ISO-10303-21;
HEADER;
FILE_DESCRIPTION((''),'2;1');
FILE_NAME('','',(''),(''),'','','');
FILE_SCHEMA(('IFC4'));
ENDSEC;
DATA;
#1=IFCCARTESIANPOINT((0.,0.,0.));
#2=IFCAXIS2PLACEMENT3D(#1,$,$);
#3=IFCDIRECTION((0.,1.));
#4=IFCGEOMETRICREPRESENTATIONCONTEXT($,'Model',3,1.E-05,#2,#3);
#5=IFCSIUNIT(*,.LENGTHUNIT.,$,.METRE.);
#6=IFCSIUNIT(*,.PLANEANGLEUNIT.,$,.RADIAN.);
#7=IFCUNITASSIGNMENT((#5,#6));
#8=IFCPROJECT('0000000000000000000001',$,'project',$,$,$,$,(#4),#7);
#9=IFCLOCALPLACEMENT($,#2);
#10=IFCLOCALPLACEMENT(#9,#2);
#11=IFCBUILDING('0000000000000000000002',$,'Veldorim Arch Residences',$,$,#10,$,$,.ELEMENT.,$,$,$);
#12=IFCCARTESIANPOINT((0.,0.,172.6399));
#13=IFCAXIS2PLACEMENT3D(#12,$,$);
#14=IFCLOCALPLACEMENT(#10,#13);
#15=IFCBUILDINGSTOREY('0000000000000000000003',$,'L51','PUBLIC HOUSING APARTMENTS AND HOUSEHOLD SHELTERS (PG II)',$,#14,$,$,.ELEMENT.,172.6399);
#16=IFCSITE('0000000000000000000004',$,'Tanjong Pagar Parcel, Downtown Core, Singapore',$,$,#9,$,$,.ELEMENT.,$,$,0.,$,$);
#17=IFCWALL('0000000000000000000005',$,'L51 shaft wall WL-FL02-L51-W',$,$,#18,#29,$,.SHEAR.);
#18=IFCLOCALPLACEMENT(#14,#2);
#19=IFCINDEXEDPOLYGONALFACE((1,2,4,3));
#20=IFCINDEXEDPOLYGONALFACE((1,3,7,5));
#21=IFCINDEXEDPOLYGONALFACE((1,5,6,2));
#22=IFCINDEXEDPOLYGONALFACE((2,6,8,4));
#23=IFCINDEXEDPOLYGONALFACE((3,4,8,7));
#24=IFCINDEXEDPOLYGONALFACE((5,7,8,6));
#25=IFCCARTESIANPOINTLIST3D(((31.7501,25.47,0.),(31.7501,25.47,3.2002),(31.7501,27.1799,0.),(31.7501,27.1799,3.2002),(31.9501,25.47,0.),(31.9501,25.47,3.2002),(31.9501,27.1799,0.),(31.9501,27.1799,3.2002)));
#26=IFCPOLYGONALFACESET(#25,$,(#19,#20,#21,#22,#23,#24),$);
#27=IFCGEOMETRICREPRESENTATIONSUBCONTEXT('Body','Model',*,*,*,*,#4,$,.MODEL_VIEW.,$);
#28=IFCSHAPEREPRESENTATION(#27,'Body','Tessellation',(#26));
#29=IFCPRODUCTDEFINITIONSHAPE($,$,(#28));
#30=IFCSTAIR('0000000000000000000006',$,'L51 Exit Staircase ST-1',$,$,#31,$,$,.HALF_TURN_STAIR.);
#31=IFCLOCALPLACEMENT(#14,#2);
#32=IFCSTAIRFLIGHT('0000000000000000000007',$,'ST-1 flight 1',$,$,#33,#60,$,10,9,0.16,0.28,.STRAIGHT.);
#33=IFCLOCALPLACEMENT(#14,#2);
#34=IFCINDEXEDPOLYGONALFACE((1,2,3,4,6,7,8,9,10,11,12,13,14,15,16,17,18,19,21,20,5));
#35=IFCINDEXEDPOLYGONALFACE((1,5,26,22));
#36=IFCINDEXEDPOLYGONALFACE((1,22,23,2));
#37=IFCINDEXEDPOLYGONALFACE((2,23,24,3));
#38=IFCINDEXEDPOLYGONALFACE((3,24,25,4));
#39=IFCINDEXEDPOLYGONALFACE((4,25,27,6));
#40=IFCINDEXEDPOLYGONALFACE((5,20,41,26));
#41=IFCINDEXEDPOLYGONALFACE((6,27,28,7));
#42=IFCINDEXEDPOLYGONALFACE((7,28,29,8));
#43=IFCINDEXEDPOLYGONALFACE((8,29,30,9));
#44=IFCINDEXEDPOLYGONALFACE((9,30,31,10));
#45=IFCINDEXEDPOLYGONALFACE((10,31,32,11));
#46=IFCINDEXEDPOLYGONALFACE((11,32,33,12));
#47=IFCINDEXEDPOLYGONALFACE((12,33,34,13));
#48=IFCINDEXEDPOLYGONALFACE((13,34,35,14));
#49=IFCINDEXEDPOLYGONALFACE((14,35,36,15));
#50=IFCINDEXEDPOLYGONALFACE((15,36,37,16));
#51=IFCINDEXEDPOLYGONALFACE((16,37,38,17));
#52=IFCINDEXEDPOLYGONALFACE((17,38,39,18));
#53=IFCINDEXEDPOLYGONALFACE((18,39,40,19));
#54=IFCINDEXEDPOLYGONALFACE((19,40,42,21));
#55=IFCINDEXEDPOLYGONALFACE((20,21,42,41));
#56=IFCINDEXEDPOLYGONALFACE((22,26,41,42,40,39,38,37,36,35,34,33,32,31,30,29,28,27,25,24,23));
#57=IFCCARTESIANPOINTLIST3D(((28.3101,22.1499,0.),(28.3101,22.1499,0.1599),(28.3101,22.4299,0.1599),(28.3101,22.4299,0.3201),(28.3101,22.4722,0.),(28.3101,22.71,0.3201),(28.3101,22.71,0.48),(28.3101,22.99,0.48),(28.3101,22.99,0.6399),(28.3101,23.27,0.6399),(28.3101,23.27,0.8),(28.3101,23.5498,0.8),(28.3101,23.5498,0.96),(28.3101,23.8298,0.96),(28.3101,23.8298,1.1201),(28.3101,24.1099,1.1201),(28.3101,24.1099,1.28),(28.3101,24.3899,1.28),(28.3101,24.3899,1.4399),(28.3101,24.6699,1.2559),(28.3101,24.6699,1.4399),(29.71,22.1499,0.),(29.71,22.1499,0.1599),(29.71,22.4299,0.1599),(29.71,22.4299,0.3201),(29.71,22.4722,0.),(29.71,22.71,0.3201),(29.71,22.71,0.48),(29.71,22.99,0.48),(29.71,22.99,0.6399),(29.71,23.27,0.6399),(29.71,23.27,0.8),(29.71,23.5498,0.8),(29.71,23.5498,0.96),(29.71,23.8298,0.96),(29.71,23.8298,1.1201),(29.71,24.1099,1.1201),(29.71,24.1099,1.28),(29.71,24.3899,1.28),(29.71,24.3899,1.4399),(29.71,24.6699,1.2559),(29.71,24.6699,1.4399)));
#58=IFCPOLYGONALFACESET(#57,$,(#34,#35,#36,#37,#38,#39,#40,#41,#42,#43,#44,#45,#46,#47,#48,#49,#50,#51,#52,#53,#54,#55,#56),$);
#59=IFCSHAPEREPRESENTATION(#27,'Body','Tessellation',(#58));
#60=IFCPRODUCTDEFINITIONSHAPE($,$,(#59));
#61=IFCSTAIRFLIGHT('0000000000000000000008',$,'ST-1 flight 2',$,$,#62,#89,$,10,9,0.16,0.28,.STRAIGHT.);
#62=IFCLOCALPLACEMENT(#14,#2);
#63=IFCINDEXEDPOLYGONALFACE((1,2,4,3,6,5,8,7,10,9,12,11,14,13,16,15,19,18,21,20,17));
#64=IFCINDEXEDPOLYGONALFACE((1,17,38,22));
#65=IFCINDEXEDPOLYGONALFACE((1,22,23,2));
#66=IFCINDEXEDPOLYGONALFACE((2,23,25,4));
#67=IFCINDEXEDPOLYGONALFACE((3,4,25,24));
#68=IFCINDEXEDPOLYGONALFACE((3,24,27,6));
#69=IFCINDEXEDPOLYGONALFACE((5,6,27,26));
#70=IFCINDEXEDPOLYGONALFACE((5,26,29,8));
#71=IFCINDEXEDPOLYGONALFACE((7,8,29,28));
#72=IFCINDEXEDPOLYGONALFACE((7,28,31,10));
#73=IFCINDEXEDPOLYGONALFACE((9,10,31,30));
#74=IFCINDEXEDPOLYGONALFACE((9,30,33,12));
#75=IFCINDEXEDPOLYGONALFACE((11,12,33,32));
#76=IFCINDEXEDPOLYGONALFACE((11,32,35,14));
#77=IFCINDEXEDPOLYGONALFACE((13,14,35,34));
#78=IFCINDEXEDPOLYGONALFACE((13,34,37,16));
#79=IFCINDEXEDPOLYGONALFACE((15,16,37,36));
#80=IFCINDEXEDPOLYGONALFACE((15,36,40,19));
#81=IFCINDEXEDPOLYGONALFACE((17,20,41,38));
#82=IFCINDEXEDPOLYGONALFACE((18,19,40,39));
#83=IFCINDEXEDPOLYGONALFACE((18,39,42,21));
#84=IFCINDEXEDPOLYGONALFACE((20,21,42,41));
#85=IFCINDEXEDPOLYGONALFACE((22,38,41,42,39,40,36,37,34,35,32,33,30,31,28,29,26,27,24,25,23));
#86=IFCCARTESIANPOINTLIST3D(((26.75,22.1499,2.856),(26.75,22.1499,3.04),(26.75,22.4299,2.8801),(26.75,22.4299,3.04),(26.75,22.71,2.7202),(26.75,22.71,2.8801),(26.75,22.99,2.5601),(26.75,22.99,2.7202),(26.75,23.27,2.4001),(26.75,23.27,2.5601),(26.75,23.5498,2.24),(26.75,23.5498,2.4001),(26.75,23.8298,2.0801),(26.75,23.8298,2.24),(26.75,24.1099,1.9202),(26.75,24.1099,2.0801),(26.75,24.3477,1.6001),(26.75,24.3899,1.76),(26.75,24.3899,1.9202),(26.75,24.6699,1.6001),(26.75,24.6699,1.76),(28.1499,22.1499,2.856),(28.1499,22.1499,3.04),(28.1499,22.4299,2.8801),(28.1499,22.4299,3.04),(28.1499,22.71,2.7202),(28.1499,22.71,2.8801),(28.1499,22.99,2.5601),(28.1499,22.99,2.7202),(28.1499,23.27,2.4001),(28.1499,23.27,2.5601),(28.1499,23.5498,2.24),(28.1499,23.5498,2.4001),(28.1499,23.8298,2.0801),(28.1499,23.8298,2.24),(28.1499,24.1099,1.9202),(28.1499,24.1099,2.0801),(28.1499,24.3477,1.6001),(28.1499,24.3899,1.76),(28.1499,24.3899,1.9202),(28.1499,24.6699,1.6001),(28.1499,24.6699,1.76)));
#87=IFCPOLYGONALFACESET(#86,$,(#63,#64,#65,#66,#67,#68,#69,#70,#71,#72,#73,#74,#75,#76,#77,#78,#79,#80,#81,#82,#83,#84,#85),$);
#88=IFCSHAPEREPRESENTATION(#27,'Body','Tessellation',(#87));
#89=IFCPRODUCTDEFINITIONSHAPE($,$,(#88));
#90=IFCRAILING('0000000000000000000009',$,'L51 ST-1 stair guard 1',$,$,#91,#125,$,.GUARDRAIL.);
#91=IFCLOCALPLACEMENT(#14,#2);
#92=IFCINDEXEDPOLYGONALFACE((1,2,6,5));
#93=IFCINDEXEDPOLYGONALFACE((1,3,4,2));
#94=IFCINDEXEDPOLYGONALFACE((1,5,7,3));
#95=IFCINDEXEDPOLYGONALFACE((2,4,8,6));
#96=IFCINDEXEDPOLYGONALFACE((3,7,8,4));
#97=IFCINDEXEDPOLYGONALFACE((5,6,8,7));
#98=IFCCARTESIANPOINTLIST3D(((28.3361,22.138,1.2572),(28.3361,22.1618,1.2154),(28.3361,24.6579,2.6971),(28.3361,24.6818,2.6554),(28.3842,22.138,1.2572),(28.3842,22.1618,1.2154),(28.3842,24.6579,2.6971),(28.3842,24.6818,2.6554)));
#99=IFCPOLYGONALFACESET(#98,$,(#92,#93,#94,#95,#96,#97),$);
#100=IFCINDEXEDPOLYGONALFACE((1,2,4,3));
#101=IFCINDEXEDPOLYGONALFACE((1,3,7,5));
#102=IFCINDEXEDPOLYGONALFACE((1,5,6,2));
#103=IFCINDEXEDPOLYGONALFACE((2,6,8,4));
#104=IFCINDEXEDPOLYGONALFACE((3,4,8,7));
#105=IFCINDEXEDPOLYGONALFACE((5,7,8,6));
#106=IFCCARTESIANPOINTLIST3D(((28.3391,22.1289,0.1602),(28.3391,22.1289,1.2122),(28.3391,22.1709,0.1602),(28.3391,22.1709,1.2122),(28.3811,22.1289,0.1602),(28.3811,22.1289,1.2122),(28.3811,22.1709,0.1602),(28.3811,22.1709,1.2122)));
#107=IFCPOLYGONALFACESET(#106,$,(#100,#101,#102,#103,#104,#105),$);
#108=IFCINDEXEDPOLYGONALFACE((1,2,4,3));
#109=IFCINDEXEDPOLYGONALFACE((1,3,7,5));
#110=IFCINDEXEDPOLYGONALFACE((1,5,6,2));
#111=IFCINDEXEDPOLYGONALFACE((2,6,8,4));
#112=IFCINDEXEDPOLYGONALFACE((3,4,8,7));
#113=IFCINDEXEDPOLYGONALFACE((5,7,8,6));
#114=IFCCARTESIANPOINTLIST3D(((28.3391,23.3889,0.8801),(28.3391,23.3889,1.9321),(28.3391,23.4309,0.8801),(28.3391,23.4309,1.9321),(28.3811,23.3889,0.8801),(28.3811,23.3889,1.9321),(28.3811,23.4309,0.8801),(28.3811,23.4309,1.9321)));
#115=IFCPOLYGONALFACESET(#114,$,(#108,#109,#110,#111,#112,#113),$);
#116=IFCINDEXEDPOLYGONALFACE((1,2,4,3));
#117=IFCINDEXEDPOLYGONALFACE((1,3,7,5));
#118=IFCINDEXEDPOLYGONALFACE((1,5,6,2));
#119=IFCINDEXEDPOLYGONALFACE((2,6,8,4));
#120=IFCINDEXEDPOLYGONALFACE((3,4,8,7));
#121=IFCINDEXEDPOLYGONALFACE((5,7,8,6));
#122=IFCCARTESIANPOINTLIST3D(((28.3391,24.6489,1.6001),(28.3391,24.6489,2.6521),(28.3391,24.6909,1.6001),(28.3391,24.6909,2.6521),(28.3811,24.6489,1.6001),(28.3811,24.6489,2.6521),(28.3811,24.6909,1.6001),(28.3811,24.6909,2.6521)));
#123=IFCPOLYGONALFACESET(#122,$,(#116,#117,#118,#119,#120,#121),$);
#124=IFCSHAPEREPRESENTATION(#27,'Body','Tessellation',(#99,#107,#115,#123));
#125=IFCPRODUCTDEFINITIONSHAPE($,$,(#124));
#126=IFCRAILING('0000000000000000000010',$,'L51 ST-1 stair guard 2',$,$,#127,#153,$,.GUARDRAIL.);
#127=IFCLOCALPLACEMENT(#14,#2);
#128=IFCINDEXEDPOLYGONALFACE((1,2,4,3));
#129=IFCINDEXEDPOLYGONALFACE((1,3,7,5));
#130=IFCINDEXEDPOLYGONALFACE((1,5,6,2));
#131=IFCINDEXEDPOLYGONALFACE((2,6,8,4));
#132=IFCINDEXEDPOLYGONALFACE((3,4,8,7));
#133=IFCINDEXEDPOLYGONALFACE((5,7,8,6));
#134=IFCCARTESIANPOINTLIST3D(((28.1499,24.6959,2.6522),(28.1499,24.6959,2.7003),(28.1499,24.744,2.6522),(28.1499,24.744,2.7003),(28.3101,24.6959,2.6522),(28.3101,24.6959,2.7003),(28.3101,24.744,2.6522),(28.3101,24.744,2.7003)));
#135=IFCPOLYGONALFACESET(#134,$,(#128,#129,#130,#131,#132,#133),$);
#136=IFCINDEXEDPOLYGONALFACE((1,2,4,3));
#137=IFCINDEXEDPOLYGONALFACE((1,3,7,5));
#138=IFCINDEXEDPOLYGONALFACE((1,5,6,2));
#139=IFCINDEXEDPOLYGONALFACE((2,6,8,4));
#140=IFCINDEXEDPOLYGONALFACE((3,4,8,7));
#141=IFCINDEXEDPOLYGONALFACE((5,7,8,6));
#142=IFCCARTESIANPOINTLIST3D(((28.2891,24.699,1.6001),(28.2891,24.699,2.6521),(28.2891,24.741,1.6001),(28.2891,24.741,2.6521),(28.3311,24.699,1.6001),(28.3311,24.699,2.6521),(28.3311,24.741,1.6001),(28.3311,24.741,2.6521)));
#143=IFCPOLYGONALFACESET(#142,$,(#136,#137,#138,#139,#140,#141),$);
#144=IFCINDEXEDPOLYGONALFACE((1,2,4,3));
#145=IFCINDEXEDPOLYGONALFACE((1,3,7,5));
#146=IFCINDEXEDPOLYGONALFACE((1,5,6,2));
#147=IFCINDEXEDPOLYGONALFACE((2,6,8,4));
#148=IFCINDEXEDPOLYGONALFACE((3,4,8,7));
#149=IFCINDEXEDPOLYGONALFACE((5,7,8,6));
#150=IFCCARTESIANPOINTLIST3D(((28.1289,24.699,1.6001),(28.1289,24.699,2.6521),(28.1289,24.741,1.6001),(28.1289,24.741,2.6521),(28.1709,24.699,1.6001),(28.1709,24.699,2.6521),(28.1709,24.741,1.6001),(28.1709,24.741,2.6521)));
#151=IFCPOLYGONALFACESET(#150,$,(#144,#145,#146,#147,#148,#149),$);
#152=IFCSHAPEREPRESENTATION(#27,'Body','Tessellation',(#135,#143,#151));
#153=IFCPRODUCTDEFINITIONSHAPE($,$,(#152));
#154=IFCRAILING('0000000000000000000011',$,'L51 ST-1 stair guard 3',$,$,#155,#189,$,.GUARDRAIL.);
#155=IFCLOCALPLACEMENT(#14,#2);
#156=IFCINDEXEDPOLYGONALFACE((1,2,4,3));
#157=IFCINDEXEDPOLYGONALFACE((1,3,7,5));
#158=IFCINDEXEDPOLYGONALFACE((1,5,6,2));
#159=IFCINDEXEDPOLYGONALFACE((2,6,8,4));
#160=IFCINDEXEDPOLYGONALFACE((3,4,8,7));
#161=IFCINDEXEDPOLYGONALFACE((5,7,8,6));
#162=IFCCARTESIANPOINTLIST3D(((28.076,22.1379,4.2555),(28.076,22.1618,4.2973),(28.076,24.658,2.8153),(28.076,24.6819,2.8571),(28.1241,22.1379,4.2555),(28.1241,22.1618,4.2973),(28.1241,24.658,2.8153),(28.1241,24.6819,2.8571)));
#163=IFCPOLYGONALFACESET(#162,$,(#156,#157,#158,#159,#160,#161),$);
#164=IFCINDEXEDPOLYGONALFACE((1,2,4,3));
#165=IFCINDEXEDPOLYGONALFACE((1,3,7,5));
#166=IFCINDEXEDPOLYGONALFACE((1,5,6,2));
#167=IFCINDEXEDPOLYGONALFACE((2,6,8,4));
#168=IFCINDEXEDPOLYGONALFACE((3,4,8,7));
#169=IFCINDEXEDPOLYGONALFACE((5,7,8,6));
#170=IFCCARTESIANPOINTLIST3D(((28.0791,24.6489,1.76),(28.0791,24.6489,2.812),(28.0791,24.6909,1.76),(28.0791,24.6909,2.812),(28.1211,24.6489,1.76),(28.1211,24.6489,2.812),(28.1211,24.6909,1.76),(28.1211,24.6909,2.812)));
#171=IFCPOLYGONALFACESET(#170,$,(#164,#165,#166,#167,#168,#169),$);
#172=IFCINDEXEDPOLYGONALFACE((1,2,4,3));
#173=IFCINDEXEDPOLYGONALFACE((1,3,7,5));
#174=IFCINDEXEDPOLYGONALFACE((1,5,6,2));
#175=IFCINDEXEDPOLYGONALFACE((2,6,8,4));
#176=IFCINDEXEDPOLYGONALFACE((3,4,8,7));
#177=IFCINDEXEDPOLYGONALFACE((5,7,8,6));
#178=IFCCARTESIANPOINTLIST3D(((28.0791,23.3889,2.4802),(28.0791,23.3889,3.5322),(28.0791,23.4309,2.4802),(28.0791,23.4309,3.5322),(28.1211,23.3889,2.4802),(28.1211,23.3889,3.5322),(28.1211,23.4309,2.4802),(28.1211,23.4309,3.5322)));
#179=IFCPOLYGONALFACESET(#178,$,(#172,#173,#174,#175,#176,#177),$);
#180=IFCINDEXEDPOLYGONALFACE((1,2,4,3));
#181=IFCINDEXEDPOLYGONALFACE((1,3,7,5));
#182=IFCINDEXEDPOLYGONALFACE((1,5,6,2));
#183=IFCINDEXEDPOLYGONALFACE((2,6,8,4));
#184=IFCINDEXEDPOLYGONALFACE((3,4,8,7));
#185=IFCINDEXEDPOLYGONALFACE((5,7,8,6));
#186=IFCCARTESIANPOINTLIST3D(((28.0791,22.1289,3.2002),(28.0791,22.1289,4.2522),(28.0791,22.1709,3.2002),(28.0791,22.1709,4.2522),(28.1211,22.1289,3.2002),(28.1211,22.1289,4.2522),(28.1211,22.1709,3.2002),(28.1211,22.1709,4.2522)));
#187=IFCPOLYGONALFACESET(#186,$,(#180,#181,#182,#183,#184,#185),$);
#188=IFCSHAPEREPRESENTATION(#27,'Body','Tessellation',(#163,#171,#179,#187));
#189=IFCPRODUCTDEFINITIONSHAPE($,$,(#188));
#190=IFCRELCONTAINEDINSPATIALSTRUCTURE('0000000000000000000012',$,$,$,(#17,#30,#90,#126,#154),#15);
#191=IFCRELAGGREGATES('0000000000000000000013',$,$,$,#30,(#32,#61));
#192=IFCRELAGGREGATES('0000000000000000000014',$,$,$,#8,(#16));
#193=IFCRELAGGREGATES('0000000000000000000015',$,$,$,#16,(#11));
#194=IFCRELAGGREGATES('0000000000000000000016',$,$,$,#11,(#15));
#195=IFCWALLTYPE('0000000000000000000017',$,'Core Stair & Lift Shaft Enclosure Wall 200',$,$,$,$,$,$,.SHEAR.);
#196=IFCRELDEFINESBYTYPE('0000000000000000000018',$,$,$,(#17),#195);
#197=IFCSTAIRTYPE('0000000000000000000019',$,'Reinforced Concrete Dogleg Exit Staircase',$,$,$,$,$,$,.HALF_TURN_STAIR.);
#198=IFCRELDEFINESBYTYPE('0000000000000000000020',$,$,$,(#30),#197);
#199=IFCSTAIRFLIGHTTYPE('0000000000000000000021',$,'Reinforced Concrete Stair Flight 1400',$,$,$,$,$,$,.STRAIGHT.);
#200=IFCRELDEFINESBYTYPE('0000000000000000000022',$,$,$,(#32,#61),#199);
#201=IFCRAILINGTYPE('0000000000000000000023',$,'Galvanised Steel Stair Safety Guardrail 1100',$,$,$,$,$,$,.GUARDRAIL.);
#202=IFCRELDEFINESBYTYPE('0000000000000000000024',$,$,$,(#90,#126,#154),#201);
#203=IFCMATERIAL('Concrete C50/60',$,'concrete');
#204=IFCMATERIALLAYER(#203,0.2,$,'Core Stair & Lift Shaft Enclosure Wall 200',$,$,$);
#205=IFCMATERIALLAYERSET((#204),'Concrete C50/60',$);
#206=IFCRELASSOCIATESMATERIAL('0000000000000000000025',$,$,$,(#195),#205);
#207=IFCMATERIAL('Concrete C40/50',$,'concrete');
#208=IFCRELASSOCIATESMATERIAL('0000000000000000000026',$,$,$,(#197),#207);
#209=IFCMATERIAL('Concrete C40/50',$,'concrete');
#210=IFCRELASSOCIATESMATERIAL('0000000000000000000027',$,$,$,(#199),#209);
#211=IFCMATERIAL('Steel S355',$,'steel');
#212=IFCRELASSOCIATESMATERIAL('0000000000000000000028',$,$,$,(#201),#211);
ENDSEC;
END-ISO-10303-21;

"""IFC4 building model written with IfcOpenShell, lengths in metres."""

from ifc_helpers import new_model, si_unit, direction, frame, frame_2d, origin, origin_2d, place, context, subcontext, project, spatial, polyline, rectangle, outline, extrude, material, layer, layer_set, type_object, element, aggregate, save


model = new_model("IFC4")

# Units and contexts
model_context = context("Model", 3, precision=1e-05, world=origin(), true_north=direction((0.0, 1.0)))
body_context = subcontext(model_context, "Body", "Model", "MODEL_VIEW")
ifc_project = project(units=[si_unit("LENGTHUNIT", "METRE"), si_unit("PLANEANGLEUNIT", "RADIAN")], contexts=[model_context])

# Site, building, storey
site_placement = place(None, origin())
site = spatial("IfcSite", under=ifc_project, at=site_placement, Name="Tanjong Pagar Parcel, Downtown Core, Singapore", CompositionType="ELEMENT", RefElevation=0.0)
building_placement = place(site_placement, origin())
building = spatial("IfcBuilding", under=site, at=building_placement, Name="Veldorim Arch Residences", CompositionType="ELEMENT")
storey_placement = place(building_placement, frame((0.0, 0.0, 172.6399)))
storey = spatial("IfcBuildingStorey", under=building, at=storey_placement, Name="L51", Description="PUBLIC HOUSING APARTMENTS AND HOUSEHOLD SHELTERS (PG II)", CompositionType="ELEMENT", Elevation=172.6399)

# Shared definitions
ifc_material_1 = material(Name="Concrete C50/60", Category="concrete")
ifc_layer_1 = layer(ifc_material_1, 0.2, Name="Core Stair & Lift Shaft Enclosure Wall 200")
ifc_layer_set_1 = layer_set([ifc_layer_1], Name="Concrete C50/60")
wall_type_1 = type_object("IfcWallType", Name="Core Stair & Lift Shaft Enclosure Wall 200", PredefinedType="SHEAR", material=ifc_layer_set_1)

# Wall
wall_1_placement = place(storey_placement, frame((31.8501, 25.47, 0.0), z_axis=(0.0, 0.0, 1.0), x_axis=(0.0, 1.0, 0.0)))
element("IfcWall", 1, at=wall_1_placement, inside=storey, type_object=wall_type_1, Name="L51 shaft wall WL-FL02-L51-W", PredefinedType="SHEAR", context=body_context, shape_type="SweptSolid", body=[
    extrude(rectangle(XDim=1.71, YDim=0.2, at=frame_2d((0.855, 0.0))), origin(), (0.0, 0.0, 1.0), 3.2002),
])

# Stair, stair flights
ifc_material_2 = material(Name="Concrete C40/50", Category="concrete")
stair_type = type_object("IfcStairType", Name="Reinforced Concrete Dogleg Exit Staircase", PredefinedType="HALF_TURN_STAIR", material=ifc_material_2)
stair_placement = place(storey_placement, origin())
stair = element("IfcStair", 2, at=stair_placement, inside=storey, type_object=stair_type, Name="L51 Exit Staircase ST-1", PredefinedType="HALF_TURN_STAIR")
ifc_material_3 = material(Name="Concrete C40/50", Category="concrete")
stair_flight_type = type_object("IfcStairFlightType", Name="Reinforced Concrete Stair Flight 1400", PredefinedType="STRAIGHT", material=ifc_material_3)
stair_flight_1_placement = place(storey_placement, frame((29.01, 22.1499, 0.0), z_axis=(0.0, 0.0, 1.0), x_axis=(0.0, 1.0, 0.0)))
stair_flight_1 = element("IfcStairFlight", 3, at=stair_flight_1_placement, type_object=stair_flight_type, Name="ST-1 flight 1", NumberOfRisers=10, NumberOfTreads=9, PredefinedType="STRAIGHT", RiserHeight=0.16, TreadLength=0.28, context=body_context, shape_type="SweptSolid", body=[
    extrude(outline(polyline([(0.0, 0.0), (0.0, 0.1599), (0.28, 0.1599), (0.28, 0.3201), (0.5601, 0.3201), (0.5601, 0.48), (0.8401, 0.48), (0.8401, 0.6399), (1.1201, 0.6399), (1.1201, 0.8), (1.3999, 0.8), (1.3999, 0.96), (1.6799, 0.96), (1.6799, 1.1201), (1.96, 1.1201), (1.96, 1.28), (2.24, 1.28), (2.24, 1.4399), (2.52, 1.4399), (2.52, 1.6001), (2.52, 1.2559), (0.3223, 0.0), (0.0, 0.0)])), frame((0.0, 0.7, 0.0), z_axis=(0.0, -1.0, 0.0), x_axis=(1.0, 0.0, 0.0)), (0.0, 0.0, 1.0), 1.3999),
])
stair_flight_2_placement = place(storey_placement, frame((27.45, 24.6699, 1.6001), z_axis=(0.0, 0.0, 1.0), x_axis=(0.0, -1.0, 0.0)))
stair_flight_2 = element("IfcStairFlight", 4, at=stair_flight_2_placement, type_object=stair_flight_type, Name="ST-1 flight 2", NumberOfRisers=10, NumberOfTreads=9, PredefinedType="STRAIGHT", RiserHeight=0.16, TreadLength=0.28, context=body_context, shape_type="SweptSolid", body=[
    extrude(outline(polyline([(0.0, 0.0), (0.0, 0.1599), (0.28, 0.1599), (0.28, 0.3201), (0.5601, 0.3201), (0.5601, 0.48), (0.8401, 0.48), (0.8401, 0.6399), (1.1201, 0.6399), (1.1201, 0.8), (1.3999, 0.8), (1.3999, 0.96), (1.6799, 0.96), (1.6799, 1.1201), (1.96, 1.1201), (1.96, 1.28), (2.24, 1.28), (2.24, 1.4399), (2.52, 1.4399), (2.52, 1.6001), (2.52, 1.2559), (0.3223, 0.0), (0.0, 0.0)])), frame((0.0, 0.7, 0.0), z_axis=(0.0, -1.0, 0.0), x_axis=(1.0, 0.0, 0.0)), (0.0, 0.0, 1.0), 1.3999),
])
aggregate(stair, [stair_flight_1, stair_flight_2])

# Railings
ifc_material_4 = material(Name="Steel S355", Category="steel")
railing_type_1 = type_object("IfcRailingType", Name="Galvanised Steel Stair Safety Guardrail 1100", PredefinedType="GUARDRAIL", material=ifc_material_4)
railing_1_placement = place(storey_placement, frame((28.3601, 22.1499, 0.1602)))
element("IfcRailing", 5, at=railing_1_placement, inside=storey, type_object=railing_type_1, Name="L51 ST-1 stair guard 1", PredefinedType="GUARDRAIL", context=body_context, shape_type="SweptSolid", body=[
    extrude(rectangle(XDim=0.0481, YDim=0.0481, at=origin_2d()), frame((0.0, 0.0, 1.0762), z_axis=(0.0, 0.868253, 0.496121), x_axis=(-1.0, 0.0, 0.0)), (0.0, 0.0, 1.0), 2.9023),
    extrude(rectangle(XDim=0.042, YDim=0.042, at=origin_2d()), origin(), (0.0, 0.0, 1.0), 1.052),
    extrude(rectangle(XDim=0.042, YDim=0.042, at=origin_2d()), frame((0.0, 1.26, 0.72)), (0.0, 0.0, 1.0), 1.052),
    extrude(rectangle(XDim=0.042, YDim=0.042, at=origin_2d()), frame((0.0, 2.52, 1.4399)), (0.0, 0.0, 1.0), 1.052),
])
railing_2_placement = place(storey_placement, frame((28.3101, 24.72, 1.6001)))
element("IfcRailing", 6, at=railing_2_placement, inside=storey, type_object=railing_type_1, Name="L51 ST-1 stair guard 2", PredefinedType="GUARDRAIL", context=body_context, shape_type="SweptSolid", body=[
    extrude(rectangle(XDim=0.0481, YDim=0.0481, at=origin_2d()), frame((0.0, 0.0, 1.0762), z_axis=(-1.0, 0.0, 0.0), x_axis=(0.0, -1.0, 0.0)), (0.0, 0.0, 1.0), 0.1602),
    extrude(rectangle(XDim=0.042, YDim=0.042, at=origin_2d()), origin(), (0.0, 0.0, 1.0), 1.052),
    extrude(rectangle(XDim=0.042, YDim=0.042, at=origin_2d()), frame((-0.1602, 0.0, 0.0)), (0.0, 0.0, 1.0), 1.052),
])
railing_3_placement = place(storey_placement, frame((28.1001, 24.6699, 1.76)))
element("IfcRailing", 7, at=railing_3_placement, inside=storey, type_object=railing_type_1, Name="L51 ST-1 stair guard 3", PredefinedType="GUARDRAIL", context=body_context, shape_type="SweptSolid", body=[
    extrude(rectangle(XDim=0.0481, YDim=0.0481, at=origin_2d()), frame((0.0, 0.0, 1.0762), z_axis=(0.0, -0.868217, 0.496184), x_axis=(1.0, 0.0, 0.0)), (0.0, 0.0, 1.0), 2.9026),
    extrude(rectangle(XDim=0.042, YDim=0.042, at=origin_2d()), origin(), (0.0, 0.0, 1.0), 1.052),
    extrude(rectangle(XDim=0.042, YDim=0.042, at=origin_2d()), frame((0.0, -1.26, 0.7202)), (0.0, 0.0, 1.0), 1.052),
    extrude(rectangle(XDim=0.042, YDim=0.042, at=origin_2d()), frame((0.0, -2.52, 1.4402)), (0.0, 0.0, 1.0), 1.052),
])

save(model, "model.ifc")
